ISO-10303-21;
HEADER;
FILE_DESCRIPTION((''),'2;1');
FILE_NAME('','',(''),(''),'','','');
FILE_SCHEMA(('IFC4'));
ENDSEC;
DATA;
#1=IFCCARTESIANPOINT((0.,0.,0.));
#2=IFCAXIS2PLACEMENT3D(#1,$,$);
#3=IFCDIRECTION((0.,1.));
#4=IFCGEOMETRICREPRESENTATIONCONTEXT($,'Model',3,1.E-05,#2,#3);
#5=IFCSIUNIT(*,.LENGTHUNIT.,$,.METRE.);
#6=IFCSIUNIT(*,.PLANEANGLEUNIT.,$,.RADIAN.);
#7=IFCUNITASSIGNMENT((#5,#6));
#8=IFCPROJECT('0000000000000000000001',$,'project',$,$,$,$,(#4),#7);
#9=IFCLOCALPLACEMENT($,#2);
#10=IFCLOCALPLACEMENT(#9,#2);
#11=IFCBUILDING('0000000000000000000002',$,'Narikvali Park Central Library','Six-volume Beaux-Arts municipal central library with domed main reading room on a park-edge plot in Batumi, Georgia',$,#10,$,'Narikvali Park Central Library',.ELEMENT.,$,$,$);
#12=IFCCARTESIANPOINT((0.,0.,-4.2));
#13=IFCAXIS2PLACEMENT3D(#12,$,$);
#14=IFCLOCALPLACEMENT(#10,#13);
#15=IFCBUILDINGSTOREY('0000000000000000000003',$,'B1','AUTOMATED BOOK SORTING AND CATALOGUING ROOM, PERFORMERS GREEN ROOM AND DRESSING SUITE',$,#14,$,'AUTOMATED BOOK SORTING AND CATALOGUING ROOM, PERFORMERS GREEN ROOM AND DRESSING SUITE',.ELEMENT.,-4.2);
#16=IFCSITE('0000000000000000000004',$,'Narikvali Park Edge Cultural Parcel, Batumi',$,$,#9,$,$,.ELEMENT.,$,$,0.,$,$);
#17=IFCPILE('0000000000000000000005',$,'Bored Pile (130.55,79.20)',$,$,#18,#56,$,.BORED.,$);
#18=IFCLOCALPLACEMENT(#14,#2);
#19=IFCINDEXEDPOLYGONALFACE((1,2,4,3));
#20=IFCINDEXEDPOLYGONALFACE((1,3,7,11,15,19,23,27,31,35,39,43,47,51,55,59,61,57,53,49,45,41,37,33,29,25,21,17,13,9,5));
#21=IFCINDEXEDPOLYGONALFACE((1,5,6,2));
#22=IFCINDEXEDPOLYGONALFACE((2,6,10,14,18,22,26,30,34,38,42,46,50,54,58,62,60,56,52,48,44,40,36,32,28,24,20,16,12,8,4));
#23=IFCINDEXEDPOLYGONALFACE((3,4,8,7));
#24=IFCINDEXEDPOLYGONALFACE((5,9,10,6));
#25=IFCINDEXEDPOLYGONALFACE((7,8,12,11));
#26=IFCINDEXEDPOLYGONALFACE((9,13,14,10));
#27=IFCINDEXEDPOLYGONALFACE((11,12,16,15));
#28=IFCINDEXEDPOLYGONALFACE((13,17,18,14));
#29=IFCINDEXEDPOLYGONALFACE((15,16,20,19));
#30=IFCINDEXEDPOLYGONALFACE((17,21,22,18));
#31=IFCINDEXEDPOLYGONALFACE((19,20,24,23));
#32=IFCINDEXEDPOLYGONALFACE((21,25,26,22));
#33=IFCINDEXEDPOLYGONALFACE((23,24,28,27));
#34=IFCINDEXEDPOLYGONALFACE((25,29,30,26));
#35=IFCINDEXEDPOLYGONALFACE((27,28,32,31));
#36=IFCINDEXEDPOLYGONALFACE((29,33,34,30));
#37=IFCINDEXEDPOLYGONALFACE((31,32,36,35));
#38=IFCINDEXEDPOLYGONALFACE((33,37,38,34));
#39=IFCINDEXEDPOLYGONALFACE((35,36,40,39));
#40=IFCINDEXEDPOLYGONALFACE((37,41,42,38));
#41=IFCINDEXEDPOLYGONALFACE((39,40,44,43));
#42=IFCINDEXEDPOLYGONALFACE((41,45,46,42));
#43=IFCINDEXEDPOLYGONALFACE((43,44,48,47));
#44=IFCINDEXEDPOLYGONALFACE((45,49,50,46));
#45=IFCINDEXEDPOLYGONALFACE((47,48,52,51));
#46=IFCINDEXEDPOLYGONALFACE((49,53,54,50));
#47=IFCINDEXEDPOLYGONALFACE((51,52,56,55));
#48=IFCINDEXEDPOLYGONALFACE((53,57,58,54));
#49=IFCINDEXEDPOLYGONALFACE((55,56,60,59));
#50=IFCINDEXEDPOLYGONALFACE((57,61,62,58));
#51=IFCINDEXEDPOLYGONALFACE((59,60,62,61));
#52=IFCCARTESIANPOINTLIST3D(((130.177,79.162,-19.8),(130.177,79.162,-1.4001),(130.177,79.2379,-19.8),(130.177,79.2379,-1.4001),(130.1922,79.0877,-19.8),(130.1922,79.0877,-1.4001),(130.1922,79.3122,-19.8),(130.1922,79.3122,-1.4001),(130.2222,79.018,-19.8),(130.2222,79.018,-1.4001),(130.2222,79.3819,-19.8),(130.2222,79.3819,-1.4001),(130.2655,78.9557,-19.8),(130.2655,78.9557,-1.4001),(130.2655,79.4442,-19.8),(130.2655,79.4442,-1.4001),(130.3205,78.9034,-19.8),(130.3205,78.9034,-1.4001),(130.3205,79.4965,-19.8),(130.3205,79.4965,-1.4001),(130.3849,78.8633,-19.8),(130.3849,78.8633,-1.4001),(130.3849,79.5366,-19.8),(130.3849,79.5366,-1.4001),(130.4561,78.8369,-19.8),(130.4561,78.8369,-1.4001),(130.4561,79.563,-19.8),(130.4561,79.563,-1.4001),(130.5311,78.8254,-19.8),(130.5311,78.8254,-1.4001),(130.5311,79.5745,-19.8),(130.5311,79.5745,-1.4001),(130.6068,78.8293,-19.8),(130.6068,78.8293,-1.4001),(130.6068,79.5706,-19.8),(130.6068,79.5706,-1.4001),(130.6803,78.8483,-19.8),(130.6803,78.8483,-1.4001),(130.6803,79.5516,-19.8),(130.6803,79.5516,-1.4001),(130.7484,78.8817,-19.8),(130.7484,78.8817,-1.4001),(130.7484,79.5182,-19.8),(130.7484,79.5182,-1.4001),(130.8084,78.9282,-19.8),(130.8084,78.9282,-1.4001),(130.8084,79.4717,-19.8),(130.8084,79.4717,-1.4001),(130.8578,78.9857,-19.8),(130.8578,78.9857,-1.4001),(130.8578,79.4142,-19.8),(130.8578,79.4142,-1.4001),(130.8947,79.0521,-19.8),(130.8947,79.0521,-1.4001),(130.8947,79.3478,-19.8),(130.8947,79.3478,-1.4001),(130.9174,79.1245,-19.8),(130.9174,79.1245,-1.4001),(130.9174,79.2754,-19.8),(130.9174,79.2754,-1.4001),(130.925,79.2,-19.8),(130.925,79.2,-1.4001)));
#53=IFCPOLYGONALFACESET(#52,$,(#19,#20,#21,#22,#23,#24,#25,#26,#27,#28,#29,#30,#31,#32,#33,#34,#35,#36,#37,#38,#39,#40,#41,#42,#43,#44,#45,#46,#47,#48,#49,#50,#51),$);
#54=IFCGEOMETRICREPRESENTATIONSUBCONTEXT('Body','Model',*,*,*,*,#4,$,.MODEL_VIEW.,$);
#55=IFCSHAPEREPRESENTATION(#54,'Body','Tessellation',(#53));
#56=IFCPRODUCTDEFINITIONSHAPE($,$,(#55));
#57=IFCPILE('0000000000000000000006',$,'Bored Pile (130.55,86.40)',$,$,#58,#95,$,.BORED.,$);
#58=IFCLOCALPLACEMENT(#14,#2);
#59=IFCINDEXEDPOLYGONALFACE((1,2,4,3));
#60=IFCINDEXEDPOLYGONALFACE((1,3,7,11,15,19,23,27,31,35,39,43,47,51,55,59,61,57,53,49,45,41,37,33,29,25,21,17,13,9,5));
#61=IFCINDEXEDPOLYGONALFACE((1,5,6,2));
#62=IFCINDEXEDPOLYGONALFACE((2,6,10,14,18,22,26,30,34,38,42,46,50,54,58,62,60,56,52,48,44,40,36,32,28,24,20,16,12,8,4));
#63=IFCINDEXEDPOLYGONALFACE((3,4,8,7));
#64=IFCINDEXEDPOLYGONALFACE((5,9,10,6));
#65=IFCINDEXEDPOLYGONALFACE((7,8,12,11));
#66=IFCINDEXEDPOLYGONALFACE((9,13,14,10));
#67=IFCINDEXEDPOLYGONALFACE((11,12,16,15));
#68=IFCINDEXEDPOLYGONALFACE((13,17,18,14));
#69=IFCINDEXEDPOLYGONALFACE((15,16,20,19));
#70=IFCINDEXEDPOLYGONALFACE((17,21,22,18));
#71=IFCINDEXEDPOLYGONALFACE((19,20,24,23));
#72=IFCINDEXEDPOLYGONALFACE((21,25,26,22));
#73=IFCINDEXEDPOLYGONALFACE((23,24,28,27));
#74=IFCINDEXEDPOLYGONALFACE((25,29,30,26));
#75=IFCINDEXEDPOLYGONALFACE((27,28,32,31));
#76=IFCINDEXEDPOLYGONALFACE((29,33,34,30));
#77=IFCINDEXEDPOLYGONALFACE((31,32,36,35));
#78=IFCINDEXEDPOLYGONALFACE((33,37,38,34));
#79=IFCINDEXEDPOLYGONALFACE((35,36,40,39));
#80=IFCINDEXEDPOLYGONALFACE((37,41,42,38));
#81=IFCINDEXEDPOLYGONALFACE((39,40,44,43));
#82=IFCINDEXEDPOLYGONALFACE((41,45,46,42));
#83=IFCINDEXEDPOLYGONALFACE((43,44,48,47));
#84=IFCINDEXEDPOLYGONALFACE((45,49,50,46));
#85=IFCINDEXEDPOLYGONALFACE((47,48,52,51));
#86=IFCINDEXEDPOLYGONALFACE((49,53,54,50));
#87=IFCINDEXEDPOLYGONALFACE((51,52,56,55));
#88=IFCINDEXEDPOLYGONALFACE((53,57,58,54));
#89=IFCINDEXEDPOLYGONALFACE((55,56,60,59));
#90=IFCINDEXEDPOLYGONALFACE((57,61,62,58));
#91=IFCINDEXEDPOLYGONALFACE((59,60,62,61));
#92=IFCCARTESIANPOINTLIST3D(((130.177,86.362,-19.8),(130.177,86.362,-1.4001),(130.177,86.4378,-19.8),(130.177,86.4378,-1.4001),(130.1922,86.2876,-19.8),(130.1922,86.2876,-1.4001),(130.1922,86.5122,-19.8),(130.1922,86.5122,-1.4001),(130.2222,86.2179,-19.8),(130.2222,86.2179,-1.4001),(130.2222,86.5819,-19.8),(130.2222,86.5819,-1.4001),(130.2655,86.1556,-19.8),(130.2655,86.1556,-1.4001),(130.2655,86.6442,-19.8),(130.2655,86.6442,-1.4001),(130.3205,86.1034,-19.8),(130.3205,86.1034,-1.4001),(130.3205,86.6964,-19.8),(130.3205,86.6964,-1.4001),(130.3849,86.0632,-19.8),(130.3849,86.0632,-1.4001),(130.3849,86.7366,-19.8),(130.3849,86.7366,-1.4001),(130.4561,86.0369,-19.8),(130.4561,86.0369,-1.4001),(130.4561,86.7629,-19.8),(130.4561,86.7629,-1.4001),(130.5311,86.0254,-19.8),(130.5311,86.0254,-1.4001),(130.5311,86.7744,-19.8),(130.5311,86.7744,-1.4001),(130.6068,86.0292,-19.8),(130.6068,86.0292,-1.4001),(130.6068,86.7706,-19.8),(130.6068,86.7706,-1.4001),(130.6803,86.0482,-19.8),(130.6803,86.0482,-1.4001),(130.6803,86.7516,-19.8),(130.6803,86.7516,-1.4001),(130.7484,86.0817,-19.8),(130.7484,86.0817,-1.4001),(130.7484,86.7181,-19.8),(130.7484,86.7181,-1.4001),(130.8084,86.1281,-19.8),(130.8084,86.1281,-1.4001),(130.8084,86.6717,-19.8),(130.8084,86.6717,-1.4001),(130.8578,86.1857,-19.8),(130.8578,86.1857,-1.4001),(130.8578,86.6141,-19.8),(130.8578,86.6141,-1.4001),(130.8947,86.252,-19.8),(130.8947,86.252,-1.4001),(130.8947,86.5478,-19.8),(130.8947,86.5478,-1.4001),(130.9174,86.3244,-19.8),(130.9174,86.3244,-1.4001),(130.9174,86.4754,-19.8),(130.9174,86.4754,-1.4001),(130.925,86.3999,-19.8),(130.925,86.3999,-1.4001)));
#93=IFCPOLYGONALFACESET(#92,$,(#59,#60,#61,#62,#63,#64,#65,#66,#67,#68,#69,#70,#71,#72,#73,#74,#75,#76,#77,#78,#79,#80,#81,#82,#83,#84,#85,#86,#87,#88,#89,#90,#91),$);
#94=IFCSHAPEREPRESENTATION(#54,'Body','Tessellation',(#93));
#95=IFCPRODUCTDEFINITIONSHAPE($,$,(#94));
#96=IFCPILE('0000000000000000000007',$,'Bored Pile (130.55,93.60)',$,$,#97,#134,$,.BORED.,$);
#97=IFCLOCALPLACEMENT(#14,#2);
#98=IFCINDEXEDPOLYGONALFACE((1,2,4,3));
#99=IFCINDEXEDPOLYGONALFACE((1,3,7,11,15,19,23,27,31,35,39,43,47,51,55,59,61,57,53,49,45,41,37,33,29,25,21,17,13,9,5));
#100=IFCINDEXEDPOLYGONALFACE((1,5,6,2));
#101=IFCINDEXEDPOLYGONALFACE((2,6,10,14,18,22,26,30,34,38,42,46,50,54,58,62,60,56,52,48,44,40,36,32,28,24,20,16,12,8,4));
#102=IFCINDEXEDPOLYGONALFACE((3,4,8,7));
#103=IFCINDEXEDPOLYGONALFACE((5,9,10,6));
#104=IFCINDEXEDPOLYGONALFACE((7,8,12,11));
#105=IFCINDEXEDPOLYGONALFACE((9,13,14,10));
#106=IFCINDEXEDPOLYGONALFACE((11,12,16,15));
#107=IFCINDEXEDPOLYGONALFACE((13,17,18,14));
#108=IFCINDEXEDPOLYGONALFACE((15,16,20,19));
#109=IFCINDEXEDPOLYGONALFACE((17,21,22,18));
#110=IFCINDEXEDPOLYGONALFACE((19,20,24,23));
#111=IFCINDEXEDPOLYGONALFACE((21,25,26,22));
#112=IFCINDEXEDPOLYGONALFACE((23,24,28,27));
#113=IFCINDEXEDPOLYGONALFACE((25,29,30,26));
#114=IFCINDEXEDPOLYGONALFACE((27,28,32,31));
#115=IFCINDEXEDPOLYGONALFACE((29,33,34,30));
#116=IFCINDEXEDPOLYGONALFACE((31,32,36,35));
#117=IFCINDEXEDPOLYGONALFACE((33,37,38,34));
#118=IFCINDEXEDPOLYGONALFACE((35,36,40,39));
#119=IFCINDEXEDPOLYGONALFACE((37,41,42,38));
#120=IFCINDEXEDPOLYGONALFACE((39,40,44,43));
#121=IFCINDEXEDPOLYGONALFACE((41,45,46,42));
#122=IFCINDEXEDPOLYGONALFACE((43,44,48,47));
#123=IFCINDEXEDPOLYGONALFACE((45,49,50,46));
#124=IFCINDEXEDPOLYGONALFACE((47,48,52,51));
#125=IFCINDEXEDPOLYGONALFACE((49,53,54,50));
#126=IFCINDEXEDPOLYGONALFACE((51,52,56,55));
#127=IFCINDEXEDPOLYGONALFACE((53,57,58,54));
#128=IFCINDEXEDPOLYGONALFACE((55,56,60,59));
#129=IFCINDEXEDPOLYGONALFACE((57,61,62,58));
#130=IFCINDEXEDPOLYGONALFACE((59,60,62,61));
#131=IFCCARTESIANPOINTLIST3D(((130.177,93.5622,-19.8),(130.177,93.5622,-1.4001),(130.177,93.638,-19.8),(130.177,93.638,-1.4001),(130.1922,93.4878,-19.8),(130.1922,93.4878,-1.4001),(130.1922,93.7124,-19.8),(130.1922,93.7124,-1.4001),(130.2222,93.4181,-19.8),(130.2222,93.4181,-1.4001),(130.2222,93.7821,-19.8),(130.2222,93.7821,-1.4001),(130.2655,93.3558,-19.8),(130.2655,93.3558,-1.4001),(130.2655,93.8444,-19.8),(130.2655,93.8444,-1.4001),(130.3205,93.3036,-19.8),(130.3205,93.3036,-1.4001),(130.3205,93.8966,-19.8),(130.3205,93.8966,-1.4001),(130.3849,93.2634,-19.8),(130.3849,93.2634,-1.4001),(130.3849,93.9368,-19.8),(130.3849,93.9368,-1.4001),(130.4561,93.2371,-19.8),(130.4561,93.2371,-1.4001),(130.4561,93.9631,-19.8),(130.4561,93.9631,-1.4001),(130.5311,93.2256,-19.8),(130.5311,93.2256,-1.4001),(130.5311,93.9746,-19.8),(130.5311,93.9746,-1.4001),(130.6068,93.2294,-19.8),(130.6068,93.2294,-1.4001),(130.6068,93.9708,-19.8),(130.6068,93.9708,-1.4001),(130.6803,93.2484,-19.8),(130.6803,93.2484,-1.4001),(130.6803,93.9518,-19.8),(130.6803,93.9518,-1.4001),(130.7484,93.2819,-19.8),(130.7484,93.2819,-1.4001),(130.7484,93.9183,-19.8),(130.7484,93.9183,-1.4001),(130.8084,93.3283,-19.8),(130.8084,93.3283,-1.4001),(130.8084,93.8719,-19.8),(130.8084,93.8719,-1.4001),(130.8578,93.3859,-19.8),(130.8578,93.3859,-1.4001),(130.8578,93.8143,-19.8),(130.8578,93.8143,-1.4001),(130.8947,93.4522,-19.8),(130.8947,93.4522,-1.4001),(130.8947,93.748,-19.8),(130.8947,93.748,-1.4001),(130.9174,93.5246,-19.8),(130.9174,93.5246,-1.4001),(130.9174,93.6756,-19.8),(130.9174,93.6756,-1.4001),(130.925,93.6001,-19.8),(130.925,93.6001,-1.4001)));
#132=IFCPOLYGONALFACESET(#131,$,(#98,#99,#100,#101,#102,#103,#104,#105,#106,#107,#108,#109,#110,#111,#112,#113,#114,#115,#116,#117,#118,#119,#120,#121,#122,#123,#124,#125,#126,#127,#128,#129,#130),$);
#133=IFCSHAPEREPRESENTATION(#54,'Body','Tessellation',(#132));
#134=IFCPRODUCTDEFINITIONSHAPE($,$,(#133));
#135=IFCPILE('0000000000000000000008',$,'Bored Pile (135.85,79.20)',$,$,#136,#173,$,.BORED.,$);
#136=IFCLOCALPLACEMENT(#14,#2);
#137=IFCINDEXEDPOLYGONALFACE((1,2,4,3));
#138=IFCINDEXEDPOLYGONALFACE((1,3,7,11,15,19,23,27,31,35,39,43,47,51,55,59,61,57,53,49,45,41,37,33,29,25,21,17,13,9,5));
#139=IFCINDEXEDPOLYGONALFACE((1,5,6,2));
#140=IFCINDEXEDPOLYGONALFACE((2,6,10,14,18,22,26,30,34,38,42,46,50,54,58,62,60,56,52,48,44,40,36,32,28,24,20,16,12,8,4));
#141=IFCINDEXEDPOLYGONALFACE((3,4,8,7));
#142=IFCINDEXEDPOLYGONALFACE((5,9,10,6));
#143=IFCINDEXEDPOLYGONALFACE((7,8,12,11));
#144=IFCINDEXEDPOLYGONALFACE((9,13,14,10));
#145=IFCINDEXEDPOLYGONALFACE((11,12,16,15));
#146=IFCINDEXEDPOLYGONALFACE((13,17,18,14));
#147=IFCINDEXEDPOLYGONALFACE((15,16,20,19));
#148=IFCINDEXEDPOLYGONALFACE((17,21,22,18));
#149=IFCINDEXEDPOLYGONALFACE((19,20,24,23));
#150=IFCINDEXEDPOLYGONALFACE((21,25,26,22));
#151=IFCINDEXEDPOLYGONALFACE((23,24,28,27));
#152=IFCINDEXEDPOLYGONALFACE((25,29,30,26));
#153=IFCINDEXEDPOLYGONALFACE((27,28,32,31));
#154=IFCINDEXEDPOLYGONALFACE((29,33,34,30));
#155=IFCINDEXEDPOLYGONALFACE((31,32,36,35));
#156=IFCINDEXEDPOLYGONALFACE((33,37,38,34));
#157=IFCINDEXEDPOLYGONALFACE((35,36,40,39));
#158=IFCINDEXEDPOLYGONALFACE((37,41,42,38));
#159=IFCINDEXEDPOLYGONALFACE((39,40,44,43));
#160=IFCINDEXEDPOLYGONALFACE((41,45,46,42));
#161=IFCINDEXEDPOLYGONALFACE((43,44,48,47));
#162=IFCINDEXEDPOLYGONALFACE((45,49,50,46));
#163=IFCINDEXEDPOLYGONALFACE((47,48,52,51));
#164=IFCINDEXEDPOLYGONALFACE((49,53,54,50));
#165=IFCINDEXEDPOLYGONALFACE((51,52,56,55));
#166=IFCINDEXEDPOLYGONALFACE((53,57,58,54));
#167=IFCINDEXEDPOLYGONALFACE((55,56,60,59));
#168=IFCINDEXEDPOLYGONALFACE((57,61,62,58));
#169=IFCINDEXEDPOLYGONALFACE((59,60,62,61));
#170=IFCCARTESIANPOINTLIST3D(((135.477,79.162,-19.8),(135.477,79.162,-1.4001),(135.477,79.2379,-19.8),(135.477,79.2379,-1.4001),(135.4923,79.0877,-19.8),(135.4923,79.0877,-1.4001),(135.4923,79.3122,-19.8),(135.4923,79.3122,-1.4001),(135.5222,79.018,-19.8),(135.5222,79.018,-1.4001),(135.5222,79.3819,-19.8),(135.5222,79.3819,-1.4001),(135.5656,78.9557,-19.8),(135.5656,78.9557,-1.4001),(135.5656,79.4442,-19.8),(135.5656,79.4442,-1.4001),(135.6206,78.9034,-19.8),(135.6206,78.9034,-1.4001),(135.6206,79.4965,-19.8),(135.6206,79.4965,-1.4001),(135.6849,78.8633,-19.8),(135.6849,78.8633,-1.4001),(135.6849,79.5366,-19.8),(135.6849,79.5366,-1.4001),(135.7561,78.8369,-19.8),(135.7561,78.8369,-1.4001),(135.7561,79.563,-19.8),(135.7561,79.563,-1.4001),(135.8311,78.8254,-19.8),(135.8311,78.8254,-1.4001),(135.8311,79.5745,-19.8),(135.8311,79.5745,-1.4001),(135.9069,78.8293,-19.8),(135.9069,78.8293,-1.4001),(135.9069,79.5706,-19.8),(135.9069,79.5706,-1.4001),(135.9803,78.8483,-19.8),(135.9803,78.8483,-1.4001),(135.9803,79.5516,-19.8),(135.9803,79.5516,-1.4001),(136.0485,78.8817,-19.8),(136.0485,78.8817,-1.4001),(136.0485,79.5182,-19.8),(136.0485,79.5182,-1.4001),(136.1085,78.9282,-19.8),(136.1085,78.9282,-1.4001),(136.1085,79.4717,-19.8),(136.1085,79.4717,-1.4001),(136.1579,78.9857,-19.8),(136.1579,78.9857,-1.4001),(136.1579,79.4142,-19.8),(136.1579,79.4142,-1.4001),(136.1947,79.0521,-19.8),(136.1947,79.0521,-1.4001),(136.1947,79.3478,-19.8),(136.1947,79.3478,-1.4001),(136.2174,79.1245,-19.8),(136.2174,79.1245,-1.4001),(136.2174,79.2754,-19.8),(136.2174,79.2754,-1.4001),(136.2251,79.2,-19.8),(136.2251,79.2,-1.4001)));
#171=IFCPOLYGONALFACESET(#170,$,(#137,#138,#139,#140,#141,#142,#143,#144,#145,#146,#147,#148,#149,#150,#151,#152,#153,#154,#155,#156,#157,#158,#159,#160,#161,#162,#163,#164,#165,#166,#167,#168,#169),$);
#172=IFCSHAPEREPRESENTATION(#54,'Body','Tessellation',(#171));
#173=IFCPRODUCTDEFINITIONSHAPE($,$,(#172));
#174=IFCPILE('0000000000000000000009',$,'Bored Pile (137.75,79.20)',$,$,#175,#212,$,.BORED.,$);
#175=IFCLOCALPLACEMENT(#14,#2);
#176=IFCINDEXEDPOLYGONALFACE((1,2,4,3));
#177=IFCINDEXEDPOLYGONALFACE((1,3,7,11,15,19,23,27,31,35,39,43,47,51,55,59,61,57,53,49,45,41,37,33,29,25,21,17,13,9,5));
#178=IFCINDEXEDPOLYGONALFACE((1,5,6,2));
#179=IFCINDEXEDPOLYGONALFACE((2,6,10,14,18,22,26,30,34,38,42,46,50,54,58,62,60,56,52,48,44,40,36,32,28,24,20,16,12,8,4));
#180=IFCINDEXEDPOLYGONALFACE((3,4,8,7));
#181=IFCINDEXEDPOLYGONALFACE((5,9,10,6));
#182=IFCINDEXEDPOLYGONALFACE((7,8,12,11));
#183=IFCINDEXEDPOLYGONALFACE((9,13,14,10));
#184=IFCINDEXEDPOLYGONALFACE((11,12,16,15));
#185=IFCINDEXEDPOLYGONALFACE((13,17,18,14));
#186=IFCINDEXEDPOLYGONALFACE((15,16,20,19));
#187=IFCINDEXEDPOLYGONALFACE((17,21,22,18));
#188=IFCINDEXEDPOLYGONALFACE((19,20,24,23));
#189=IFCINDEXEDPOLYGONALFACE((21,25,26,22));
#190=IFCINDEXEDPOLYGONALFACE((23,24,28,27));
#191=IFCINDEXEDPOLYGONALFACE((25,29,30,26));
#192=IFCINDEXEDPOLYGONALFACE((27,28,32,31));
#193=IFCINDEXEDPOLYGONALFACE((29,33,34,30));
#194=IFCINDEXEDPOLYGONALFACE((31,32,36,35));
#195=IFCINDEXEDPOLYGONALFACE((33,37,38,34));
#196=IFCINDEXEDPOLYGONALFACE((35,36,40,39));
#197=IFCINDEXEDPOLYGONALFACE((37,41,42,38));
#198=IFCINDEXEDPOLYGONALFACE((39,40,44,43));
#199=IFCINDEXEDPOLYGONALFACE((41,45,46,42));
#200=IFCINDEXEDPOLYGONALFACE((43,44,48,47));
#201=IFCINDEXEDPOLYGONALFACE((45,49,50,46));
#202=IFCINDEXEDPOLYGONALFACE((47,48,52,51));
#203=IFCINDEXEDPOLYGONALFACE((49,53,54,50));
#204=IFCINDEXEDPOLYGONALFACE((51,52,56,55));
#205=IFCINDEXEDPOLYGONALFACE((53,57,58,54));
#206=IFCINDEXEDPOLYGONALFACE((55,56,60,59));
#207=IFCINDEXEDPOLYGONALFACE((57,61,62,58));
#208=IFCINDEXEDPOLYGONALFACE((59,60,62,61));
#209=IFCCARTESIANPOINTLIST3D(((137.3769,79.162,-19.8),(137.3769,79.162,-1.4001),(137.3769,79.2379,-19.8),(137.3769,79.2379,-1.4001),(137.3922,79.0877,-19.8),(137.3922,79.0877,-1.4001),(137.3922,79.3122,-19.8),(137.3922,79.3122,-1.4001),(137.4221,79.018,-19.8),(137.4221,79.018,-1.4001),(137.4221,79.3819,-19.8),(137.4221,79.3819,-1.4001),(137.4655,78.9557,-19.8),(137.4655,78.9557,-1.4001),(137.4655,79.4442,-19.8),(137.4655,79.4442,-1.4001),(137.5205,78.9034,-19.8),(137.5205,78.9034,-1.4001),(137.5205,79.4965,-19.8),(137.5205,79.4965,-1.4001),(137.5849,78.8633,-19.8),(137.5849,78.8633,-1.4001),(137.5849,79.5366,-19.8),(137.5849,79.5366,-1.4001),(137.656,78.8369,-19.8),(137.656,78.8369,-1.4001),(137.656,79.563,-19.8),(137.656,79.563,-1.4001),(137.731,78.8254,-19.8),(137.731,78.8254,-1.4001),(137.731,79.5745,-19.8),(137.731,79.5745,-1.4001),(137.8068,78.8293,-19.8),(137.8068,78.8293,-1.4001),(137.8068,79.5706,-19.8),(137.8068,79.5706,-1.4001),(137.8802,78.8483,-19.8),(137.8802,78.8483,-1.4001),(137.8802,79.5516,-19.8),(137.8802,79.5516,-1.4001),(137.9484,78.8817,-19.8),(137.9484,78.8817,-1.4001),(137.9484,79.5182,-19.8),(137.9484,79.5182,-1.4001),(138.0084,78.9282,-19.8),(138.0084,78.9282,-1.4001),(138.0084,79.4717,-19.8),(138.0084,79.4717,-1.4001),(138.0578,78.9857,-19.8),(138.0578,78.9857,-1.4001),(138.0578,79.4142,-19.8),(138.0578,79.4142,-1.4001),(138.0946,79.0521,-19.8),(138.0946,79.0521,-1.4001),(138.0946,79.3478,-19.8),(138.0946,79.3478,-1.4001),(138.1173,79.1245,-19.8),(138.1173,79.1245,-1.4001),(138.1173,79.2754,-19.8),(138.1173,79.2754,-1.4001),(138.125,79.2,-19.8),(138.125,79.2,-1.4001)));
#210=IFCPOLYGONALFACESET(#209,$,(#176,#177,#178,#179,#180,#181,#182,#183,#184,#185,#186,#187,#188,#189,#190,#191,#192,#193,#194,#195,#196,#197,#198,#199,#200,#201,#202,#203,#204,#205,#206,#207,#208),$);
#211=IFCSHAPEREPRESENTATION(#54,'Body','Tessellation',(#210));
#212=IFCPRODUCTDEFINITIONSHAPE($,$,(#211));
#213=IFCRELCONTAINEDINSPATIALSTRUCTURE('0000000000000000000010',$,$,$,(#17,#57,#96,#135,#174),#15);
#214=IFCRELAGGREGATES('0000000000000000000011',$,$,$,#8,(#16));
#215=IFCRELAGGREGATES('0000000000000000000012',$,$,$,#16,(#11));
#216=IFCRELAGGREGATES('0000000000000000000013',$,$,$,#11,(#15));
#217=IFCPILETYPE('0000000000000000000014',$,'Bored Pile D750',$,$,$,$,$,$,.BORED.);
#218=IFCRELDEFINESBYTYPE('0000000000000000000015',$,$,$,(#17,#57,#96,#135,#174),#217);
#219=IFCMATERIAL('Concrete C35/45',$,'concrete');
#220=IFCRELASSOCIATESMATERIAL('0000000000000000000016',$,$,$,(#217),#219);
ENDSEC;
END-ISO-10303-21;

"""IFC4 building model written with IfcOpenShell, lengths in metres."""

from ifc_helpers import new_model, si_unit, direction, frame, origin, origin_2d, place, context, subcontext, project, spatial, circle, extrude, material, material_profile, profile_set, type_object, element, save


model = new_model("IFC4")

# Units and contexts
model_context = context("Model", 3, precision=1e-05, world=origin(), true_north=direction((0.0, 1.0)))
body_context = subcontext(model_context, "Body", "Model", "MODEL_VIEW")
ifc_project = project(units=[si_unit("LENGTHUNIT", "METRE"), si_unit("PLANEANGLEUNIT", "RADIAN")], contexts=[model_context])

# Site, building, storey
site_placement = place(None, origin())
site = spatial("IfcSite", under=ifc_project, at=site_placement, Name="Narikvali Park Edge Cultural Parcel, Batumi", CompositionType="ELEMENT", RefElevation=0.0)
building_placement = place(site_placement, origin())
building = spatial("IfcBuilding", under=site, at=building_placement, Name="Narikvali Park Central Library", Description="Six-volume Beaux-Arts municipal central library with domed main reading room on a park-edge plot in Batumi, Georgia", LongName="Narikvali Park Central Library", CompositionType="ELEMENT")
storey_placement = place(building_placement, frame((0.0, 0.0, -4.2)))
storey = spatial("IfcBuildingStorey", under=building, at=storey_placement, Name="B1", Description="AUTOMATED BOOK SORTING AND CATALOGUING ROOM, PERFORMERS GREEN ROOM AND DRESSING SUITE", LongName="AUTOMATED BOOK SORTING AND CATALOGUING ROOM, PERFORMERS GREEN ROOM AND DRESSING SUITE", CompositionType="ELEMENT", Elevation=-4.2)

# Piles
ifc_material_1 = material(Name="Concrete C35/45", Category="concrete")
ifc_material_profile_1 = material_profile(ifc_material_1, circle(Radius=0.375, at=origin_2d()), Name="PILE D750")
ifc_profile_set_1 = profile_set([ifc_material_profile_1], Name="Concrete C35/45")
pile_type = type_object("IfcPileType", Name="Bored Pile D750", PredefinedType="BORED", material=ifc_profile_set_1)
for number, where, z_axis, x_axis, name in (
    (1, (130.55, 79.2, -1.4001), (0.0, 0.0, -1.0), (1.0, 0.0, 0.0), "Bored Pile (130.55,79.20)"),
    (2, (130.55, 86.3999, -1.4001), (0.0, 0.0, -1.0), (1.0, 0.0, 0.0), "Bored Pile (130.55,86.40)"),
    (3, (130.55, 93.6001, -1.4001), (0.0, 0.0, -1.0), (1.0, 0.0, 0.0), "Bored Pile (130.55,93.60)"),
    (4, (135.8501, 79.2, -1.4001), (0.0, 0.0, -1.0), (1.0, 0.0, 0.0), "Bored Pile (135.85,79.20)"),
    (5, (137.75, 79.2, -1.4001), (0.0, 0.0, -1.0), (1.0, 0.0, 0.0), "Bored Pile (137.75,79.20)"),
):
    element("IfcPile", number, at=place(storey_placement, frame(where, z_axis=z_axis, x_axis=x_axis)), inside=storey, type_object=pile_type, Name=name, PredefinedType="BORED", context=body_context, shape_type="SweptSolid", body=[
        extrude(circle(Radius=0.375, at=origin_2d()), origin(), (0.0, 0.0, 1.0), 18.3999),
    ])

save(model, "model.ifc")
